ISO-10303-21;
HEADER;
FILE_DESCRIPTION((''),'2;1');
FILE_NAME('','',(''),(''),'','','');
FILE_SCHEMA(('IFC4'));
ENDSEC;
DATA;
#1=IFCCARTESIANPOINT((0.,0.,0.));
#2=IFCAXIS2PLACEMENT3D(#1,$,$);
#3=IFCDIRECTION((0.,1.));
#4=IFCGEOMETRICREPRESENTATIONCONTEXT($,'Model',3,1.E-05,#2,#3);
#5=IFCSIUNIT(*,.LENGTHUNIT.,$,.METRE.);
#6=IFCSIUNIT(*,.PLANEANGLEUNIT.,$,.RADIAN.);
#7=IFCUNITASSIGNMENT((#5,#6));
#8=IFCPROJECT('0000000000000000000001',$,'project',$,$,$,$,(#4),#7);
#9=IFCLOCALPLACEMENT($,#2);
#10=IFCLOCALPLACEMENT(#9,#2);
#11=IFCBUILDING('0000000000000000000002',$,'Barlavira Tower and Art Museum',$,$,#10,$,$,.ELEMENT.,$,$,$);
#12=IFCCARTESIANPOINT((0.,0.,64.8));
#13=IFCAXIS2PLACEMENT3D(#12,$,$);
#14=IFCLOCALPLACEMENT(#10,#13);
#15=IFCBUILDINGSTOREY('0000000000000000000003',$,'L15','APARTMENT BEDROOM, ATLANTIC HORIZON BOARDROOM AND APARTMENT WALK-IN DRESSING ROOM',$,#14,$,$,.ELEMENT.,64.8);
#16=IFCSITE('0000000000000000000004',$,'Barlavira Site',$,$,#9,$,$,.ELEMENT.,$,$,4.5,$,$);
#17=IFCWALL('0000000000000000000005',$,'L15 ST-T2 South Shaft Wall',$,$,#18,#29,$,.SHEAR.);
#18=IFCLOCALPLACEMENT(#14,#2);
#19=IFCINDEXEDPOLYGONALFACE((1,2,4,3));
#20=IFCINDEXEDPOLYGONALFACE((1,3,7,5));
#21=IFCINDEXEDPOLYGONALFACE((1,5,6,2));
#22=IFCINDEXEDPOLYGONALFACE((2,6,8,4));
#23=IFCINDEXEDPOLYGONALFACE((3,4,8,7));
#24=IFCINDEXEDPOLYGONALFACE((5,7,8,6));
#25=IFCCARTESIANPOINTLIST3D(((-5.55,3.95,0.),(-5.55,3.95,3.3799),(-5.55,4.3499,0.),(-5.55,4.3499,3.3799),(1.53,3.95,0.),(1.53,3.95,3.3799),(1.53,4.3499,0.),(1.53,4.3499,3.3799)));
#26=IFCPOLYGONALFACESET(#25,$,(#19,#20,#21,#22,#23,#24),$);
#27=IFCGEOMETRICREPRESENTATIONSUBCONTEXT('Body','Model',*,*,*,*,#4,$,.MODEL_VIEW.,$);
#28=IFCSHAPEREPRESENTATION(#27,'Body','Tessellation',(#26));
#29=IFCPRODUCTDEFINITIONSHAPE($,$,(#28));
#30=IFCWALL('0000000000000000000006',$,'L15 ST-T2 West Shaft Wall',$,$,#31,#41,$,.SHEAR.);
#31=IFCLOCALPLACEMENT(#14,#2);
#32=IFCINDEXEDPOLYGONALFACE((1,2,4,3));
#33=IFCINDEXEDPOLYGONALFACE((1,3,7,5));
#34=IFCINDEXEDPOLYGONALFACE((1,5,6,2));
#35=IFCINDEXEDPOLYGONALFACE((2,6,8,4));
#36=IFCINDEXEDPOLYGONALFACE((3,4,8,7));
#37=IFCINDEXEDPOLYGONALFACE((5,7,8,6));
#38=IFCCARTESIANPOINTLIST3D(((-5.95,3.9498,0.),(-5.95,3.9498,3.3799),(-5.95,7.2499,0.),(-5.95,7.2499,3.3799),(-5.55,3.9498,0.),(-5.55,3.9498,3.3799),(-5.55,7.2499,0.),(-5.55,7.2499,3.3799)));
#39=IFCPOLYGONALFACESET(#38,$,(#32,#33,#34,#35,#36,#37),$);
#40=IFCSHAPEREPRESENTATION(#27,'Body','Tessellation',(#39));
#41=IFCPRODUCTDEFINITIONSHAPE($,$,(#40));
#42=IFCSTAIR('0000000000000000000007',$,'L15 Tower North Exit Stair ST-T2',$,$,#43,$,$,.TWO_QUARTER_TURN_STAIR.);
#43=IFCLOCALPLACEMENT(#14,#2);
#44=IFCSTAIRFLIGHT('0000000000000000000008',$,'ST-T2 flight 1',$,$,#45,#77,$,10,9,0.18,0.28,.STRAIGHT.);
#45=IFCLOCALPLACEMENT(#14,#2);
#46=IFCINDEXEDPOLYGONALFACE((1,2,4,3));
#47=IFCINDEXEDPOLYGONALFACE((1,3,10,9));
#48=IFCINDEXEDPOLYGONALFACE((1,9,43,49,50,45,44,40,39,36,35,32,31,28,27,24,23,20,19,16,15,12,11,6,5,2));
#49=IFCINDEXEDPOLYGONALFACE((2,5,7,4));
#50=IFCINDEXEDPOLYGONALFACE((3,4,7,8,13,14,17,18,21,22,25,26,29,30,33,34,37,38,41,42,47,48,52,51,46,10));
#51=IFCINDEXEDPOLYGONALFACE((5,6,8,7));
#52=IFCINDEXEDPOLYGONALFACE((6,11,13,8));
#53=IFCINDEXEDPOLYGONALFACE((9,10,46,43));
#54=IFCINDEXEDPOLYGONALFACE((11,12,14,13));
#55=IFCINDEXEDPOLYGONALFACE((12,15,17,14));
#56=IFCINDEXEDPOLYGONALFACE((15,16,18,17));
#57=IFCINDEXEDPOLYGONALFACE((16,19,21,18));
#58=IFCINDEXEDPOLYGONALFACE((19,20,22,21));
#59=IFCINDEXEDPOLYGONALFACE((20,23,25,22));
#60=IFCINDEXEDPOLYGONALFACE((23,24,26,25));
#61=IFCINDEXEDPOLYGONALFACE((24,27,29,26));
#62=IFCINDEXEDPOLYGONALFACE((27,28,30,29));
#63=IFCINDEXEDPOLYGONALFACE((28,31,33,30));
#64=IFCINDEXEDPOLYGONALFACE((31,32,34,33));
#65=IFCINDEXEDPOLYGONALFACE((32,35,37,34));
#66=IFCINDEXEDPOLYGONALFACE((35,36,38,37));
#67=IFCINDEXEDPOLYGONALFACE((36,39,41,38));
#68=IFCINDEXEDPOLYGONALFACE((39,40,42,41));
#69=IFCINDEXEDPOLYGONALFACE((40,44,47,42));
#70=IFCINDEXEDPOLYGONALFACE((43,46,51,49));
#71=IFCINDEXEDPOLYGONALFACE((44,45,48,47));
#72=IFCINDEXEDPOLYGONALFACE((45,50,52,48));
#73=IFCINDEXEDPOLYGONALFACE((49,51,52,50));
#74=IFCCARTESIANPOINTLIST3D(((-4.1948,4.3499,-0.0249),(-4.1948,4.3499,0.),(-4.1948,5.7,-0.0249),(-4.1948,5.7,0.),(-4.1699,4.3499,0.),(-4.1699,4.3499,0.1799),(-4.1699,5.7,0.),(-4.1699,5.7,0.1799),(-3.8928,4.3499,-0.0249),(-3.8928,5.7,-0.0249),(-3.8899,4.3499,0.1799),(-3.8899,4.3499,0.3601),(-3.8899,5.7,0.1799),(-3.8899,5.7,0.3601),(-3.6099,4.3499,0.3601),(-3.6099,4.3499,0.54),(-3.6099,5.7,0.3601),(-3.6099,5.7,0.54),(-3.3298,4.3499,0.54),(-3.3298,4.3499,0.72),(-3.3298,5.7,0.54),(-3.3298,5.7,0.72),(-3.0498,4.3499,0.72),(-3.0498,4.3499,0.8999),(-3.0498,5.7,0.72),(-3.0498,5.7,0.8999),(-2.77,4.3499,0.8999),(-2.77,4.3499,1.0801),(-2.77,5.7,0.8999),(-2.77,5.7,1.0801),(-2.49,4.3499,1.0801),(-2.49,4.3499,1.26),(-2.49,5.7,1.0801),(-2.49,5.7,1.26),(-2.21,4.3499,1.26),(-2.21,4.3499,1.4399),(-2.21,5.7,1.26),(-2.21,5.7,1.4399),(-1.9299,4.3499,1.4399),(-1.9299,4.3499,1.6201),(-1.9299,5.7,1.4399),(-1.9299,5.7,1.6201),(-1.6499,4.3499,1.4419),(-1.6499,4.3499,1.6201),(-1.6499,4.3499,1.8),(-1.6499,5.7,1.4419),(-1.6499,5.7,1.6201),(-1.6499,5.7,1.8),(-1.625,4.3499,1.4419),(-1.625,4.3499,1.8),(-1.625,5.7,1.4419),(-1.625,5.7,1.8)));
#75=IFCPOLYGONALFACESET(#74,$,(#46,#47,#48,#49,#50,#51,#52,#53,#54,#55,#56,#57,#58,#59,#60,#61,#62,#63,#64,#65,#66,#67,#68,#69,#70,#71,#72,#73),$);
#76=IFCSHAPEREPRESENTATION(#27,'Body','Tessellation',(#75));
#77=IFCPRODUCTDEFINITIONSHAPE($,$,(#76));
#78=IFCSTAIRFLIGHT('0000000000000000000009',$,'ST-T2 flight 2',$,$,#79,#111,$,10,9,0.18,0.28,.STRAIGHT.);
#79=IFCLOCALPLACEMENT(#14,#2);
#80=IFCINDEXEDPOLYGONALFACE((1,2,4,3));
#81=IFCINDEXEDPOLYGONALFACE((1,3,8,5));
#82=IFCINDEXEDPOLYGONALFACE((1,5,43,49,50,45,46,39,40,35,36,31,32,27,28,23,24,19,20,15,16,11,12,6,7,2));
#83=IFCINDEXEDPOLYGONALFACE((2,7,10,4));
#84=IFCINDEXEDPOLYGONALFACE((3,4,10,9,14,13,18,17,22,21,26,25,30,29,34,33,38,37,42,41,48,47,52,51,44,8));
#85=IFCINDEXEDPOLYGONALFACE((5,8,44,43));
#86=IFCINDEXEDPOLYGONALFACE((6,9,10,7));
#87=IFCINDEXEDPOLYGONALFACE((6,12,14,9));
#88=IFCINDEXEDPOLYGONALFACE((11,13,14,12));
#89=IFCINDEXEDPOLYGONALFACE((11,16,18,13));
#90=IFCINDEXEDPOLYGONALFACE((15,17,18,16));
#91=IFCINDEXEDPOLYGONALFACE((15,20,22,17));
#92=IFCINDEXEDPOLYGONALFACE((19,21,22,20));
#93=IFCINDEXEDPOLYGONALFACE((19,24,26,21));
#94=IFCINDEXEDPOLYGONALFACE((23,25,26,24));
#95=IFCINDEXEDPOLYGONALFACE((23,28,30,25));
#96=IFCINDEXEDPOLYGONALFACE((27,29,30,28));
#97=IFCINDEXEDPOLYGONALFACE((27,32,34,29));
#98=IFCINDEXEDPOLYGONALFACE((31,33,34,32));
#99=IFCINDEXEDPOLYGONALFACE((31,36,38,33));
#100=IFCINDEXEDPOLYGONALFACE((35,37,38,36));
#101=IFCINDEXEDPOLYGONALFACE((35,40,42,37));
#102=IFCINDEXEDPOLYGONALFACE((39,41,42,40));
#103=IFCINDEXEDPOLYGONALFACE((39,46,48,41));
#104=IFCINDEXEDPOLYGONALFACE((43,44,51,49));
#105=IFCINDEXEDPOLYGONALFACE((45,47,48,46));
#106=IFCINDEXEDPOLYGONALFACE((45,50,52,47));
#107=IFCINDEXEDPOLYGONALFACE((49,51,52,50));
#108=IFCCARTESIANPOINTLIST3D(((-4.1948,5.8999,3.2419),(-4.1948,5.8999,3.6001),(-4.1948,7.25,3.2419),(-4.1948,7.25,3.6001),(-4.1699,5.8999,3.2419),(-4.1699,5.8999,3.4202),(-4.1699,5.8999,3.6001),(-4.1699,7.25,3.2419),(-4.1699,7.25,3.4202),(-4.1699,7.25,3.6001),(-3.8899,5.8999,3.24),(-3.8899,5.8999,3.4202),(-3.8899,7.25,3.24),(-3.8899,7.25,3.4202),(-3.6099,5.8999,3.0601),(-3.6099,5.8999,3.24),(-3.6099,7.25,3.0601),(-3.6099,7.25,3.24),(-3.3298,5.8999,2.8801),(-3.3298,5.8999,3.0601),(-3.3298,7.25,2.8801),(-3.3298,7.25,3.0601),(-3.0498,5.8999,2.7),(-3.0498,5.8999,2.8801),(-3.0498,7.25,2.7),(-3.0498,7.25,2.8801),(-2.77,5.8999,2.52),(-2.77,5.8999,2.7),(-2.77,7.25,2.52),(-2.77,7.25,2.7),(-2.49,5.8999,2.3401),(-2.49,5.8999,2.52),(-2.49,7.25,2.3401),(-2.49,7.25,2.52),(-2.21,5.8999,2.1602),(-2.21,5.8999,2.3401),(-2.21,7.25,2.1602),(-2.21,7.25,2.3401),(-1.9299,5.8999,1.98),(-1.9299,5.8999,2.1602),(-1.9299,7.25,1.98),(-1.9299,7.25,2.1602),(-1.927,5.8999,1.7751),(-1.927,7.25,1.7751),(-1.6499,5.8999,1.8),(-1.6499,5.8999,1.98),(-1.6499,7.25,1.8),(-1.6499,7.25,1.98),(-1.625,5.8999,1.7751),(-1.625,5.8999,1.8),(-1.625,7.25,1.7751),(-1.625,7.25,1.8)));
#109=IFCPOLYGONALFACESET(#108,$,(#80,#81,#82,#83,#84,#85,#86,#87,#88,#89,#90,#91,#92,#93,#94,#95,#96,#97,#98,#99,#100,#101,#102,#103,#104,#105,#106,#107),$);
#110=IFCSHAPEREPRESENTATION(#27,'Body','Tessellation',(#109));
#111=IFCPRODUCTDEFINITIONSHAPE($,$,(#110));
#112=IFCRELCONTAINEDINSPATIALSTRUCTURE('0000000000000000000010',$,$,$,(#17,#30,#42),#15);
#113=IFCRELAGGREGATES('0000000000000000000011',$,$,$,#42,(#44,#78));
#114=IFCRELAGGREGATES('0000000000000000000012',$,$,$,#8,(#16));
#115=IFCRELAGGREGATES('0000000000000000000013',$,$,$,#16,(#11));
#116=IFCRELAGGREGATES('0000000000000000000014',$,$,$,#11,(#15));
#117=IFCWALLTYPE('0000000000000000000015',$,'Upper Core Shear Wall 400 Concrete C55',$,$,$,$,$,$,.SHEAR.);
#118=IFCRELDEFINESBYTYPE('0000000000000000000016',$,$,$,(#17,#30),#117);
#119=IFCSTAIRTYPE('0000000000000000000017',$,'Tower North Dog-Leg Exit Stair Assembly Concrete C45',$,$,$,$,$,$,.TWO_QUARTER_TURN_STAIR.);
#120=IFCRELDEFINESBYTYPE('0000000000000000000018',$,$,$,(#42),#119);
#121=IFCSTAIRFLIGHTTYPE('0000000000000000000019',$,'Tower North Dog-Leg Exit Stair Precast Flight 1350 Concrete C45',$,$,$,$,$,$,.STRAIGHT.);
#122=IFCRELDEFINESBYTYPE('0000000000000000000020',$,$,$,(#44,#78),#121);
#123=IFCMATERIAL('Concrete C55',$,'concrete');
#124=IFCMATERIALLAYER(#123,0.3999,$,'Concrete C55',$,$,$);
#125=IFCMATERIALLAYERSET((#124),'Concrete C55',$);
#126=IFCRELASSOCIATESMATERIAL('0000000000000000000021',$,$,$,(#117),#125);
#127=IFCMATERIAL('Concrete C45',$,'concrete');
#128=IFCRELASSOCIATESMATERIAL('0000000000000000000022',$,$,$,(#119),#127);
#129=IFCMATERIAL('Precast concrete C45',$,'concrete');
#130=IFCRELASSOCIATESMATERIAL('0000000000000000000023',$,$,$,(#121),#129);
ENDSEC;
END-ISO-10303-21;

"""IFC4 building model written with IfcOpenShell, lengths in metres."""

from ifc_helpers import new_model, si_unit, direction, frame, frame_2d, origin, place, context, subcontext, project, spatial, polyline, rectangle, outline, extrude, material, layer, layer_set, type_object, element, aggregate, save


model = new_model("IFC4")

# Units and contexts
model_context = context("Model", 3, precision=1e-05, world=origin(), true_north=direction((0.0, 1.0)))
body_context = subcontext(model_context, "Body", "Model", "MODEL_VIEW")
ifc_project = project(units=[si_unit("LENGTHUNIT", "METRE"), si_unit("PLANEANGLEUNIT", "RADIAN")], contexts=[model_context])

# Site, building, storey
site_placement = place(None, origin())
site = spatial("IfcSite", under=ifc_project, at=site_placement, Name="Barlavira Site", CompositionType="ELEMENT", RefElevation=4.5)
building_placement = place(site_placement, origin())
building = spatial("IfcBuilding", under=site, at=building_placement, Name="Barlavira Tower and Art Museum", CompositionType="ELEMENT")
storey_placement = place(building_placement, frame((0.0, 0.0, 64.8)))
storey = spatial("IfcBuildingStorey", under=building, at=storey_placement, Name="L15", Description="APARTMENT BEDROOM, ATLANTIC HORIZON BOARDROOM AND APARTMENT WALK-IN DRESSING ROOM", CompositionType="ELEMENT", Elevation=64.8)

# Walls
ifc_material_1 = material(Name="Concrete C55", Category="concrete")
ifc_layer_1 = layer(ifc_material_1, 0.3999, Name="Concrete C55")
ifc_layer_set_1 = layer_set([ifc_layer_1], Name="Concrete C55")
wall_type_1 = type_object("IfcWallType", Name="Upper Core Shear Wall 400 Concrete C55", PredefinedType="SHEAR", material=ifc_layer_set_1)
wall_1_placement = place(storey_placement, frame((-5.55, 4.1499, 0.0), z_axis=(0.0, 0.0, 1.0), x_axis=(1.0, 0.0, 0.0)))
element("IfcWall", 1, at=wall_1_placement, inside=storey, type_object=wall_type_1, Name="L15 ST-T2 South Shaft Wall", PredefinedType="SHEAR", context=body_context, shape_type="SweptSolid", body=[
    extrude(rectangle(XDim=7.0801, YDim=0.3999, at=frame_2d((3.54, 0.0))), origin(), (0.0, 0.0, 1.0), 3.3799),
])
wall_2_placement = place(storey_placement, frame((-5.75, 3.95, 0.0), z_axis=(0.0, 0.0, 1.0), x_axis=(0.0, 1.0, 0.0)))
element("IfcWall", 2, at=wall_2_placement, inside=storey, type_object=wall_type_1, Name="L15 ST-T2 West Shaft Wall", PredefinedType="SHEAR", context=body_context, shape_type="SweptSolid", body=[
    extrude(rectangle(XDim=3.3, YDim=0.3999, at=frame_2d((1.6499, 0.0))), origin(), (0.0, 0.0, 1.0), 3.3799),
])

# Stair, stair flights
ifc_material_2 = material(Name="Concrete C45", Category="concrete")
stair_type = type_object("IfcStairType", Name="Tower North Dog-Leg Exit Stair Assembly Concrete C45", PredefinedType="TWO_QUARTER_TURN_STAIR", material=ifc_material_2)
stair_placement = place(storey_placement, origin())
stair = element("IfcStair", 3, at=stair_placement, inside=storey, type_object=stair_type, Name="L15 Tower North Exit Stair ST-T2", PredefinedType="TWO_QUARTER_TURN_STAIR")
ifc_material_3 = material(Name="Precast concrete C45", Category="concrete")
stair_flight_type = type_object("IfcStairFlightType", Name="Tower North Dog-Leg Exit Stair Precast Flight 1350 Concrete C45", PredefinedType="STRAIGHT", material=ifc_material_3)
stair_flight_1_placement = place(storey_placement, frame((-4.1699, 5.0249, 0.0), z_axis=(0.0, 0.0, 1.0), x_axis=(1.0, 0.0, 0.0)))
stair_flight_1 = element("IfcStairFlight", 4, at=stair_flight_1_placement, type_object=stair_flight_type, Name="ST-T2 flight 1", NumberOfRisers=10, NumberOfTreads=9, PredefinedType="STRAIGHT", RiserHeight=0.18, TreadLength=0.28, context=body_context, shape_type="SweptSolid", body=[
    extrude(outline(polyline([(-0.0249, 0.0), (0.0, 0.0), (0.0, 0.1799), (0.28, 0.1799), (0.28, 0.3601), (0.5601, 0.3601), (0.5601, 0.54), (0.8401, 0.54), (0.8401, 0.72), (1.1201, 0.72), (1.1201, 0.8999), (1.3999, 0.8999), (1.3999, 1.0801), (1.6799, 1.0801), (1.6799, 1.26), (1.96, 1.26), (1.96, 1.4399), (2.24, 1.4399), (2.24, 1.6201), (2.52, 1.6201), (2.52, 1.8), (2.5449, 1.8), (2.5449, 1.4419), (2.52, 1.4419), (0.2771, -0.0249), (-0.0249, -0.0249), (-0.0249, 0.0)])), frame((0.0, 0.675, 0.0), z_axis=(0.0, -1.0, 0.0), x_axis=(1.0, 0.0, 0.0)), (0.0, 0.0, 1.0), 1.3501),
])
stair_flight_2_placement = place(storey_placement, frame((-1.6499, 6.575, 1.8), z_axis=(0.0, 0.0, 1.0), x_axis=(-1.0, 0.0, 0.0)))
stair_flight_2 = element("IfcStairFlight", 5, at=stair_flight_2_placement, type_object=stair_flight_type, Name="ST-T2 flight 2", NumberOfRisers=10, NumberOfTreads=9, PredefinedType="STRAIGHT", RiserHeight=0.18, TreadLength=0.28, context=body_context, shape_type="SweptSolid", body=[
    extrude(outline(polyline([(-0.0249, 0.0), (0.0, 0.0), (0.0, 0.1799), (0.28, 0.1799), (0.28, 0.3601), (0.5601, 0.3601), (0.5601, 0.54), (0.8401, 0.54), (0.8401, 0.72), (1.1201, 0.72), (1.1201, 0.8999), (1.3999, 0.8999), (1.3999, 1.0801), (1.6799, 1.0801), (1.6799, 1.26), (1.96, 1.26), (1.96, 1.4399), (2.24, 1.4399), (2.24, 1.6201), (2.52, 1.6201), (2.52, 1.8), (2.5449, 1.8), (2.5449, 1.4419), (2.52, 1.4419), (0.2771, -0.0249), (-0.0249, -0.0249), (-0.0249, 0.0)])), frame((0.0, 0.675, 0.0), z_axis=(0.0, -1.0, 0.0), x_axis=(1.0, 0.0, 0.0)), (0.0, 0.0, 1.0), 1.3501),
])
aggregate(stair, [stair_flight_1, stair_flight_2])

save(model, "model.ifc")
